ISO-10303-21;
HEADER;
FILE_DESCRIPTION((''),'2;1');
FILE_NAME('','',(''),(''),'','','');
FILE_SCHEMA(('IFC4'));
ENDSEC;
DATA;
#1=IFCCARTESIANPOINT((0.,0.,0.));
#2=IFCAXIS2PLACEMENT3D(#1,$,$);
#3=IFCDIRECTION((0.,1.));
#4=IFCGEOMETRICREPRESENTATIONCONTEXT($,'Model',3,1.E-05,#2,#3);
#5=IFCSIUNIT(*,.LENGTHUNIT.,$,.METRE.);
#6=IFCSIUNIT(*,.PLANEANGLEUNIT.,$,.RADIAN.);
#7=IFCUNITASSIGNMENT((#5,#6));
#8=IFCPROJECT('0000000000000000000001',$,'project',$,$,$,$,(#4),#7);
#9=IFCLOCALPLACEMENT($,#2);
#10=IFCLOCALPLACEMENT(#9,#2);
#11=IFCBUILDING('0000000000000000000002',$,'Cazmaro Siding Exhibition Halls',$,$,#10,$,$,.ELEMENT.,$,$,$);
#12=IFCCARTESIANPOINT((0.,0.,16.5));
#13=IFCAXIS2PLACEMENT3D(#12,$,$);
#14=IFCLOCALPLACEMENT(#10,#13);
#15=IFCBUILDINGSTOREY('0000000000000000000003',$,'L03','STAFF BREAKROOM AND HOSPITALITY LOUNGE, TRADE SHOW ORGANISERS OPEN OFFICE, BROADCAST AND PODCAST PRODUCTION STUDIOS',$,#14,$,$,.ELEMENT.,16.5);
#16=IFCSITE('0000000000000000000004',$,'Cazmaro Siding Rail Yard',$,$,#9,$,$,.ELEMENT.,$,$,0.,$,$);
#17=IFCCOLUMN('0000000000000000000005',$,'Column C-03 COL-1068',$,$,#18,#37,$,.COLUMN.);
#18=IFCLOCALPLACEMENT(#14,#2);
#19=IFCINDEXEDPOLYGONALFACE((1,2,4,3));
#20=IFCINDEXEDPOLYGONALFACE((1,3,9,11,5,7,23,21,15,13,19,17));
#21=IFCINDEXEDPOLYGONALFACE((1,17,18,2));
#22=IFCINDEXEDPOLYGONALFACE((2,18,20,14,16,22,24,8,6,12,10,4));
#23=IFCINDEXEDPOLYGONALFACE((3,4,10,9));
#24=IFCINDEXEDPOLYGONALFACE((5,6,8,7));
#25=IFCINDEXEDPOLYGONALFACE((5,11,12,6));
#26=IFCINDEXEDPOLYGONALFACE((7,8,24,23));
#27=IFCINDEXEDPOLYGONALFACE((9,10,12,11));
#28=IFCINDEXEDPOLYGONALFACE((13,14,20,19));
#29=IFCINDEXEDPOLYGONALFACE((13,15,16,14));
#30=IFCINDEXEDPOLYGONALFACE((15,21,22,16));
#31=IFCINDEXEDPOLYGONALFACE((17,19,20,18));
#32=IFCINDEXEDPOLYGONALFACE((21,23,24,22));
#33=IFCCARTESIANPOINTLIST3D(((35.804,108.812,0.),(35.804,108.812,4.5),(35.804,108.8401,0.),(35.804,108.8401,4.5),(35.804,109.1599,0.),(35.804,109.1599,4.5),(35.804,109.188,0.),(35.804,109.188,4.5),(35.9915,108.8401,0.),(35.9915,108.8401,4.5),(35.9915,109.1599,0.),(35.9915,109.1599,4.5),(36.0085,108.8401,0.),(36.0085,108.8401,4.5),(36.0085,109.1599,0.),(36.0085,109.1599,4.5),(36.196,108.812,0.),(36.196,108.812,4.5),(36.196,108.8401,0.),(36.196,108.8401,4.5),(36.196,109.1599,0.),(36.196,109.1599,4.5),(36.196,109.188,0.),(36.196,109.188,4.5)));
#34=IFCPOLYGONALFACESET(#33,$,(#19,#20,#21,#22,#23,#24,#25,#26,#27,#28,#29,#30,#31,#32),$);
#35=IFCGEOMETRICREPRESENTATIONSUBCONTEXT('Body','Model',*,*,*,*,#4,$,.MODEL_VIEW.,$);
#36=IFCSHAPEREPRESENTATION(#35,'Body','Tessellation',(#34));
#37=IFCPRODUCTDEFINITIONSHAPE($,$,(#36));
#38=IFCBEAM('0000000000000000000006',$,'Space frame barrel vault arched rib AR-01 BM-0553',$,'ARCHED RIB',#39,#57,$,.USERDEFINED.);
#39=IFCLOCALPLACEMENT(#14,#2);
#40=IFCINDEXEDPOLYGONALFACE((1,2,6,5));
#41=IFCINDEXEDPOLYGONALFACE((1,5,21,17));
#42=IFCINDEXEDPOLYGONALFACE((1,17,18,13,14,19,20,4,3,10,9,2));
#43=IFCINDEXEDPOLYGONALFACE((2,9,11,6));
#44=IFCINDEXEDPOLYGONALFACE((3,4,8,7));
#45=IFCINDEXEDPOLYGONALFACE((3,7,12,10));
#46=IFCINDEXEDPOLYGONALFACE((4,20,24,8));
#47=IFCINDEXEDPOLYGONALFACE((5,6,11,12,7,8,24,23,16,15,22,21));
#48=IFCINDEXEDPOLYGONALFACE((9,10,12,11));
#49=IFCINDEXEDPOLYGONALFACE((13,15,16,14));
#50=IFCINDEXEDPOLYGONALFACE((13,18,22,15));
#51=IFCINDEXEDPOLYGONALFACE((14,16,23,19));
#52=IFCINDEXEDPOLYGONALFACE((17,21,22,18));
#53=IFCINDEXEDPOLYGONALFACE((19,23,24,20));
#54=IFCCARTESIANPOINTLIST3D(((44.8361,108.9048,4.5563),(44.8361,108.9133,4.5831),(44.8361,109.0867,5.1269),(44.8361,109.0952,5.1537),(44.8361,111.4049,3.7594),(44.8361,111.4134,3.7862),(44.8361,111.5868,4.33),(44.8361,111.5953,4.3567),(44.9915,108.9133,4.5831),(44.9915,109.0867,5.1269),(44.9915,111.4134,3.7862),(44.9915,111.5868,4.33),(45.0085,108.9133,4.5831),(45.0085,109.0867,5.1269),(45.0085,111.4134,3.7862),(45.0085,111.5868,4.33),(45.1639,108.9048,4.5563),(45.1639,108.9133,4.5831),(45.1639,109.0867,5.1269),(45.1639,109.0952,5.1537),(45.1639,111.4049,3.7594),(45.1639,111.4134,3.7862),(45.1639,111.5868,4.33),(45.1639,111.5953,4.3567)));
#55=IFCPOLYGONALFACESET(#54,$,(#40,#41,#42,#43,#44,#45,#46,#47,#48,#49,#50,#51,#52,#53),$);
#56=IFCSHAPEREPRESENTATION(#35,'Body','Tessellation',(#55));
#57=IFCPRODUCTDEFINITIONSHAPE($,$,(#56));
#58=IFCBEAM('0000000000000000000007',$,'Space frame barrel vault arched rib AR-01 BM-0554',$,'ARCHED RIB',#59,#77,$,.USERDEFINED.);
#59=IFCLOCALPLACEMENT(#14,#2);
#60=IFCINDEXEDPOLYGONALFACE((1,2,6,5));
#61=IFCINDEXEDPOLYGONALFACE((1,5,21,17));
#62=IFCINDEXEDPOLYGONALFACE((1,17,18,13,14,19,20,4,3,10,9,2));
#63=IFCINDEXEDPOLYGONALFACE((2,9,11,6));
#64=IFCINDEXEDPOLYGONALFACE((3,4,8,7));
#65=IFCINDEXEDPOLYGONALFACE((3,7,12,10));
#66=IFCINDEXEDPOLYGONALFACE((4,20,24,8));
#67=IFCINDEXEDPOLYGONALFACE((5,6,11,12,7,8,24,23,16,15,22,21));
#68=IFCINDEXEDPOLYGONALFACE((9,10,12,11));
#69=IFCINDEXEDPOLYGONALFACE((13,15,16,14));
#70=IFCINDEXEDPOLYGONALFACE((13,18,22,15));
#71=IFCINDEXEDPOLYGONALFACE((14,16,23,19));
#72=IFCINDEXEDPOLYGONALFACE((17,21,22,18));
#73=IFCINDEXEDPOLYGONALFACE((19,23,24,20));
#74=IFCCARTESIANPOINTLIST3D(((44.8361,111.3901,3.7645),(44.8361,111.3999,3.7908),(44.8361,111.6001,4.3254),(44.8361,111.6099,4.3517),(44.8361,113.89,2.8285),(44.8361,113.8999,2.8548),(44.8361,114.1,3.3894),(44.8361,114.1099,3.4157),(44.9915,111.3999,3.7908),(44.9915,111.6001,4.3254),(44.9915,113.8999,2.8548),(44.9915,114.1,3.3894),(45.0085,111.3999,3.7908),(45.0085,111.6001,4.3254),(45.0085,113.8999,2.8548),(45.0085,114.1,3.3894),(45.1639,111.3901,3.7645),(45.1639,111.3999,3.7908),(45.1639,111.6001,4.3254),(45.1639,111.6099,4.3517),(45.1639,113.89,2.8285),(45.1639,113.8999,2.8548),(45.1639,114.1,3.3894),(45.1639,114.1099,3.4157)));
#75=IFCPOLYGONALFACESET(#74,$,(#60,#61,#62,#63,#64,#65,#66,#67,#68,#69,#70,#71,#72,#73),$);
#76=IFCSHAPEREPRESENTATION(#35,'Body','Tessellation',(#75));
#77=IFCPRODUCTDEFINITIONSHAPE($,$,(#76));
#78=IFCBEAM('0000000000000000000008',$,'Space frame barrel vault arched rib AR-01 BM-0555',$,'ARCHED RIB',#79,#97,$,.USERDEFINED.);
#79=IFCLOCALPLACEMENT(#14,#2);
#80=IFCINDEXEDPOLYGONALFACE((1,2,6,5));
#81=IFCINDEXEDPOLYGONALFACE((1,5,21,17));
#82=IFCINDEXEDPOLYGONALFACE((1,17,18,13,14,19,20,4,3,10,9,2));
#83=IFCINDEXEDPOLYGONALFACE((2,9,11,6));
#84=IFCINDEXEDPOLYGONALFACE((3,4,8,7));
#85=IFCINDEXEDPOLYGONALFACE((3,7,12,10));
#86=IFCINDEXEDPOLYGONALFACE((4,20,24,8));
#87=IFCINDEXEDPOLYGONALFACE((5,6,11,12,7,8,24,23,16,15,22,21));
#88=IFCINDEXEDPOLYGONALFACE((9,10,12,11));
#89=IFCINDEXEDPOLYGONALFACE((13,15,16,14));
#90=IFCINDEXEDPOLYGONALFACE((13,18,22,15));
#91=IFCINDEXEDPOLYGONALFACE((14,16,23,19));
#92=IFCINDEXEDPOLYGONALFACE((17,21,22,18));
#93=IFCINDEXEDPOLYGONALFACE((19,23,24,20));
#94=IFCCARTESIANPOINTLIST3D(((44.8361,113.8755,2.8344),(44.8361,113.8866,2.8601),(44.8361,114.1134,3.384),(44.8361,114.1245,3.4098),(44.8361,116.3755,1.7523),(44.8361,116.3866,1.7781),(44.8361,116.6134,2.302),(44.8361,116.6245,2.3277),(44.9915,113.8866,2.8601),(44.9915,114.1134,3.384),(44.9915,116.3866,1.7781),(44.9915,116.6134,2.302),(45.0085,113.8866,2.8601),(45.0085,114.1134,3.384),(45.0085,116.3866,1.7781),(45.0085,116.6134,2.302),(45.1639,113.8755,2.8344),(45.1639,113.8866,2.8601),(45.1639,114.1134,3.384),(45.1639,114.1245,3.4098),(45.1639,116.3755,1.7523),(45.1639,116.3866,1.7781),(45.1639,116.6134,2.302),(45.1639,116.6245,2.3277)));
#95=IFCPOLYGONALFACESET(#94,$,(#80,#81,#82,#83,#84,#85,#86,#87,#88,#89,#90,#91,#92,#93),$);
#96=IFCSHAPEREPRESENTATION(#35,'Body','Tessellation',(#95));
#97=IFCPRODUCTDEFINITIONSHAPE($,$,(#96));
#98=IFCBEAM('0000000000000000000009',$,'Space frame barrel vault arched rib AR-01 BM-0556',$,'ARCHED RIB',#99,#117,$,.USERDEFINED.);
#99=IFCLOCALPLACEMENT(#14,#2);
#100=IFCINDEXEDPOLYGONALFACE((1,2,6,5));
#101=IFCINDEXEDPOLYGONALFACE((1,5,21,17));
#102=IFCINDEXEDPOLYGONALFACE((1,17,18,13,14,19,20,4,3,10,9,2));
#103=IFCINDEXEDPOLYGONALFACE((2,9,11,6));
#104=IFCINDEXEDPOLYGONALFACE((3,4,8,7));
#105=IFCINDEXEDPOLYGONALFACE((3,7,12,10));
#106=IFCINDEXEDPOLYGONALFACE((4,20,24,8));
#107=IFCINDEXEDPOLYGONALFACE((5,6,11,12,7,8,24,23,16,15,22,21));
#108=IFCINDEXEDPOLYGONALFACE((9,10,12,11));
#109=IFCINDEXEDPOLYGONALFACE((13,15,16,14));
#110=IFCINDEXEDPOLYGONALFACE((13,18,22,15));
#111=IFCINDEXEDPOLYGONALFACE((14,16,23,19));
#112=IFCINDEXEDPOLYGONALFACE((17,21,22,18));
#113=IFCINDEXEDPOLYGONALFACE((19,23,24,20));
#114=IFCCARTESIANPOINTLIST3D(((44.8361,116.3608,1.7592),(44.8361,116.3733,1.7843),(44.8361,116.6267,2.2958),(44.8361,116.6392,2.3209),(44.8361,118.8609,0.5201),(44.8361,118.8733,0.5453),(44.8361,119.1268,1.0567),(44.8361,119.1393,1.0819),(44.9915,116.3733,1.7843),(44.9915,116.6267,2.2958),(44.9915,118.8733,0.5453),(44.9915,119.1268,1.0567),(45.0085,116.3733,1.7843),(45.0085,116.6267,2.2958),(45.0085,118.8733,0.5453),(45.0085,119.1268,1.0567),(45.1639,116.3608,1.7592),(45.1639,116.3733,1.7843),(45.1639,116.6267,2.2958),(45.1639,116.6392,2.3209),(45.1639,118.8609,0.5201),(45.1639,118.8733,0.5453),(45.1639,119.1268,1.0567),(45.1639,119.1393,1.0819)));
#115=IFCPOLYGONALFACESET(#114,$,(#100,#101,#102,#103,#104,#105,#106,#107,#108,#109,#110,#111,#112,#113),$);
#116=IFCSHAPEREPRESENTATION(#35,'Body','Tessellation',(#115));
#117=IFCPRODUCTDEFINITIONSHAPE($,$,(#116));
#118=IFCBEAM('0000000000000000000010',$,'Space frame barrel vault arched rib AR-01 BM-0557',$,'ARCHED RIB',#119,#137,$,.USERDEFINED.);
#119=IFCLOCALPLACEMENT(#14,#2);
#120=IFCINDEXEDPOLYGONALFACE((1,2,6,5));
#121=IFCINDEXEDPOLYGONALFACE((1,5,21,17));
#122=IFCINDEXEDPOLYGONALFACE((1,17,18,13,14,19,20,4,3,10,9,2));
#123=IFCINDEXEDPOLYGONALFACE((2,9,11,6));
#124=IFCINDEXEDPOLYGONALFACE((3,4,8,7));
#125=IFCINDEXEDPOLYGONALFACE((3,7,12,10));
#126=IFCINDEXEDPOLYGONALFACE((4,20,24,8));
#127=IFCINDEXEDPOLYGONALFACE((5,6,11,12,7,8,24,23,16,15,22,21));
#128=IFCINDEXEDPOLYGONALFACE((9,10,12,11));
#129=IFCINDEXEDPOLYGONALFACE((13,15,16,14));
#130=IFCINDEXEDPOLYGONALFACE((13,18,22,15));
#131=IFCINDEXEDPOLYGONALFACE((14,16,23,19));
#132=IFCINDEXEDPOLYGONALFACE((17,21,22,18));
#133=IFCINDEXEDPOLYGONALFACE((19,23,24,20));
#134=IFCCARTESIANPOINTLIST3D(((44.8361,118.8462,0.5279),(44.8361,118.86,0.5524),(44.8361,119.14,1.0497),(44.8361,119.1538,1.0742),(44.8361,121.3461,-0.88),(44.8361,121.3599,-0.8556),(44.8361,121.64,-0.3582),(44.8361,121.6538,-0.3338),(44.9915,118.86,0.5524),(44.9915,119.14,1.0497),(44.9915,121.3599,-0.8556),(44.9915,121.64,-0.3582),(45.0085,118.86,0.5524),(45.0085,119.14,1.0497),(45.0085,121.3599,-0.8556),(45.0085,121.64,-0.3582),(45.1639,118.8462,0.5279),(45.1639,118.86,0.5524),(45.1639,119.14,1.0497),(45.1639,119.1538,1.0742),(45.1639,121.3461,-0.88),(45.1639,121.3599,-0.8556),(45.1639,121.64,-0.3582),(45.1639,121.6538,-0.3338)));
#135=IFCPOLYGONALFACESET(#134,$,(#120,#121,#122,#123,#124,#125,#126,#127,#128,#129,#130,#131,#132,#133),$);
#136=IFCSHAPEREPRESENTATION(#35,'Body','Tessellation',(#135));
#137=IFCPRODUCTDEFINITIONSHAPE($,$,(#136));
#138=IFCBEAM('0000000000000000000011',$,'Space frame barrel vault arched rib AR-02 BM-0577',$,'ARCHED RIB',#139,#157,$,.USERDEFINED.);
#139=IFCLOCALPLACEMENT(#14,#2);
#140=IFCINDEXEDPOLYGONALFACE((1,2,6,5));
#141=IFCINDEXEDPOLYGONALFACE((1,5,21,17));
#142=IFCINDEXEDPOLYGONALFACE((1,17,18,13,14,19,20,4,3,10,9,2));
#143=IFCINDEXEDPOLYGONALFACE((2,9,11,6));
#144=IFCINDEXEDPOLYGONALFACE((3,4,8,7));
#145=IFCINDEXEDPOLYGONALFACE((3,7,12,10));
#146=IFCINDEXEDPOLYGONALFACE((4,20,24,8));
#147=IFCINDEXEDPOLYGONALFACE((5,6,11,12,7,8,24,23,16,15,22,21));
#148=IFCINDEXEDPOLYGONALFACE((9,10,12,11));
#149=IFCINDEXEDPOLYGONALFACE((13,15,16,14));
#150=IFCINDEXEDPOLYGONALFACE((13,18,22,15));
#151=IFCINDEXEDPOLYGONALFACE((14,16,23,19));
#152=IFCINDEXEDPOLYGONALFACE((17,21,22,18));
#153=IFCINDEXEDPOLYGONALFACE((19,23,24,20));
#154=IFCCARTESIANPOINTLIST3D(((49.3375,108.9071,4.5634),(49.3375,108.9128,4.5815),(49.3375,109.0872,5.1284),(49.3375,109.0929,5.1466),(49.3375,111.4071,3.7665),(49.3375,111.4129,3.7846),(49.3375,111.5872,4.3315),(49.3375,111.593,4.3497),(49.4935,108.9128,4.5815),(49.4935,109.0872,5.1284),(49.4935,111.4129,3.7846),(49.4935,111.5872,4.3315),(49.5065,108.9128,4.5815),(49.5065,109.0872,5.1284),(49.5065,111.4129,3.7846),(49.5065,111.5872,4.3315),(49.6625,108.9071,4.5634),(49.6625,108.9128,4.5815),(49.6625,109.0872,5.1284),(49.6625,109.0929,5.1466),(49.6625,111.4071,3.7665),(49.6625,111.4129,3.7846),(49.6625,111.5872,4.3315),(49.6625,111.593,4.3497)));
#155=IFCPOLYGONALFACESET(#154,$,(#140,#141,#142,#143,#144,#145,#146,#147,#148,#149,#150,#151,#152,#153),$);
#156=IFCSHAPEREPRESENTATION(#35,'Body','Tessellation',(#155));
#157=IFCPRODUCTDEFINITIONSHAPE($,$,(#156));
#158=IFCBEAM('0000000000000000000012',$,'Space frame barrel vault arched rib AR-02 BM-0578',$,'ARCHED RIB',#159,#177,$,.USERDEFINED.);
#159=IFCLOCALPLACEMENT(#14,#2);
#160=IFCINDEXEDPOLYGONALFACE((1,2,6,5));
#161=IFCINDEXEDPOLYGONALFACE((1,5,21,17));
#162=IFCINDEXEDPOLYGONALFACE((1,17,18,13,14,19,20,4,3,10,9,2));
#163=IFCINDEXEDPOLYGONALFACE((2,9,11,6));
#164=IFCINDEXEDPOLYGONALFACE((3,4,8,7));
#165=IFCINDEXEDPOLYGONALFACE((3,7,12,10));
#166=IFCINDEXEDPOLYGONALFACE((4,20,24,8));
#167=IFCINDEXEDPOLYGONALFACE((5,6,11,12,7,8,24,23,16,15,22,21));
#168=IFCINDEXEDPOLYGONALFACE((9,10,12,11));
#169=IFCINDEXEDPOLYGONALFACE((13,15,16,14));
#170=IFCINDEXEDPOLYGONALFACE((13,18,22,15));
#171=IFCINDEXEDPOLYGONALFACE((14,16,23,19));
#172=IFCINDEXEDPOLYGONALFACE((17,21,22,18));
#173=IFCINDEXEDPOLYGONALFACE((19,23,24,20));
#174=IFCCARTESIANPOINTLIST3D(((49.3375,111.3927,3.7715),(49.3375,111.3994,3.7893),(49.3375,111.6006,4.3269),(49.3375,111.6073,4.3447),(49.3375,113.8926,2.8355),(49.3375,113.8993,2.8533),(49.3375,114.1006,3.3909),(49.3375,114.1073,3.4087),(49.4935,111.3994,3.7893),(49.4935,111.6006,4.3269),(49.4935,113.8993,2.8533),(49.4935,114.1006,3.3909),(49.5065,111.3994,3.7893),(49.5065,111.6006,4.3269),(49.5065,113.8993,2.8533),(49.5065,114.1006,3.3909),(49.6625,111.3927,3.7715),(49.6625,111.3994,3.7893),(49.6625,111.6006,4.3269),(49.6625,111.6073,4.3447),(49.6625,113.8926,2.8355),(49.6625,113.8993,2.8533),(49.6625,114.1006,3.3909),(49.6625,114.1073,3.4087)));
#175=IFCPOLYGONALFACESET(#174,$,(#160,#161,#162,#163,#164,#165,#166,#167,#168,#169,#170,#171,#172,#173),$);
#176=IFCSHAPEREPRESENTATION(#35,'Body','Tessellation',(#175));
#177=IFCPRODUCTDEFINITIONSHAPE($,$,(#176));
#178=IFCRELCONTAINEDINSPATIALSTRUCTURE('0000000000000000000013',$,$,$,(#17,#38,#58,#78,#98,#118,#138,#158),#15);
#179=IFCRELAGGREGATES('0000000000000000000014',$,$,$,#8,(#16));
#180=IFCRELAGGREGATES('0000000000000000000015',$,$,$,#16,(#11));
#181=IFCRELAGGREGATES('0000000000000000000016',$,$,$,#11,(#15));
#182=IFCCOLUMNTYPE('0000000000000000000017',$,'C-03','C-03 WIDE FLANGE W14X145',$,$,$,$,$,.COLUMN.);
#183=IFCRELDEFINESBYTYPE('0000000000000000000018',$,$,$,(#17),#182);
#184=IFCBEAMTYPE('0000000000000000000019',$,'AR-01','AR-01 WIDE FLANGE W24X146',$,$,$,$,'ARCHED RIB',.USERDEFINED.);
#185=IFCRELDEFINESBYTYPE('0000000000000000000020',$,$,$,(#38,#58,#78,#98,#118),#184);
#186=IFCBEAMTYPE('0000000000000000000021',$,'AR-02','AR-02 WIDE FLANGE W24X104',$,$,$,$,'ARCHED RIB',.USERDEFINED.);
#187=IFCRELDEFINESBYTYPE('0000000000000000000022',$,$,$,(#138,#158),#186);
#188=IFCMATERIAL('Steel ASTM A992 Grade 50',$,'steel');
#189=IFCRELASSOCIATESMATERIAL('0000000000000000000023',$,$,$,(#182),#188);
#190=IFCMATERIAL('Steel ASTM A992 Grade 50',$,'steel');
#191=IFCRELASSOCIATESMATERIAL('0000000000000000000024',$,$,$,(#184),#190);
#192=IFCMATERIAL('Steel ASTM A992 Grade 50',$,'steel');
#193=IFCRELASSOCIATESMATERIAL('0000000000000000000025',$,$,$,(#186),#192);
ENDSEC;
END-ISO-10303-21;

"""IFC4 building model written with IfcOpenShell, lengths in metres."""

from ifc_helpers import new_model, si_unit, direction, frame, origin, origin_2d, place, context, subcontext, project, spatial, i_section, extrude, material, material_profile, profile_set, type_object, element, save


model = new_model("IFC4")

# Units and contexts
model_context = context("Model", 3, precision=1e-05, world=origin(), true_north=direction((0.0, 1.0)))
body_context = subcontext(model_context, "Body", "Model", "MODEL_VIEW")
ifc_project = project(units=[si_unit("LENGTHUNIT", "METRE"), si_unit("PLANEANGLEUNIT", "RADIAN")], contexts=[model_context])

# Site, building, storey
site_placement = place(None, origin())
site = spatial("IfcSite", under=ifc_project, at=site_placement, Name="Cazmaro Siding Rail Yard", CompositionType="ELEMENT", RefElevation=0.0)
building_placement = place(site_placement, origin())
building = spatial("IfcBuilding", under=site, at=building_placement, Name="Cazmaro Siding Exhibition Halls", CompositionType="ELEMENT")
storey_placement = place(building_placement, frame((0.0, 0.0, 16.5)))
storey = spatial("IfcBuildingStorey", under=building, at=storey_placement, Name="L03", Description="STAFF BREAKROOM AND HOSPITALITY LOUNGE, TRADE SHOW ORGANISERS OPEN OFFICE, BROADCAST AND PODCAST PRODUCTION STUDIOS", CompositionType="ELEMENT", Elevation=16.5)

# Column
ifc_material_1 = material(Name="Steel ASTM A992 Grade 50", Category="steel")
ifc_material_profile_1 = material_profile(ifc_material_1, i_section(OverallWidth=0.3921, OverallDepth=0.376, WebThickness=0.0171, FlangeThickness=0.0281, at=origin_2d()), Name="W14X145")
ifc_profile_set_1 = profile_set([ifc_material_profile_1], Name="Steel ASTM A992 Grade 50")
column_type = type_object("IfcColumnType", Name="C-03", Description="C-03 WIDE FLANGE W14X145", PredefinedType="COLUMN", material=ifc_profile_set_1)
column_placement = place(storey_placement, frame((36.0, 109.0, 0.0), z_axis=(0.0, 0.0, 1.0), x_axis=(1.0, 0.0, 0.0)))
element("IfcColumn", 1, at=column_placement, inside=storey, type_object=column_type, Name="Column C-03 COL-1068", PredefinedType="COLUMN", context=body_context, shape_type="SweptSolid", body=[
    extrude(i_section(OverallWidth=0.3921, OverallDepth=0.376, WebThickness=0.0171, FlangeThickness=0.0281, at=origin_2d()), origin(), (0.0, 0.0, 1.0), 4.5),
])

# Beams
ifc_material_2 = material(Name="Steel ASTM A992 Grade 50", Category="steel")
ifc_material_profile_2 = material_profile(ifc_material_2, i_section(OverallWidth=0.3279, OverallDepth=0.627, WebThickness=0.0171, FlangeThickness=0.0281, at=origin_2d()), Name="W24X146")
ifc_profile_set_2 = profile_set([ifc_material_profile_2], Name="Steel ASTM A992 Grade 50")
beam_type_1 = type_object("IfcBeamType", Name="AR-01", Description="AR-01 WIDE FLANGE W24X146", ElementType="ARCHED RIB", PredefinedType="USERDEFINED", material=ifc_profile_set_2)
beam_1_placement = place(storey_placement, frame((45.0, 109.0, 4.855), z_axis=(0.0, 0.952769, -0.303695), x_axis=(-1.0, 0.0, 0.0)))
element("IfcBeam", 2, at=beam_1_placement, inside=storey, type_object=beam_type_1, Name="Space frame barrel vault arched rib AR-01 BM-0553", ObjectType="ARCHED RIB", PredefinedType="USERDEFINED", context=body_context, shape_type="SweptSolid", body=[
    extrude(i_section(OverallWidth=0.3279, OverallDepth=0.627, WebThickness=0.0171, FlangeThickness=0.0281, at=origin_2d()), origin(), (0.0, 0.0, 1.0), 2.624),
])
beam_2_placement = place(storey_placement, frame((45.0, 111.5, 4.0581), z_axis=(0.0, 0.936509, -0.350642), x_axis=(-1.0, 0.0, 0.0)))
element("IfcBeam", 3, at=beam_2_placement, inside=storey, type_object=beam_type_1, Name="Space frame barrel vault arched rib AR-01 BM-0554", ObjectType="ARCHED RIB", PredefinedType="USERDEFINED", context=body_context, shape_type="SweptSolid", body=[
    extrude(i_section(OverallWidth=0.3279, OverallDepth=0.627, WebThickness=0.0171, FlangeThickness=0.0281, at=origin_2d()), origin(), (0.0, 0.0, 1.0), 2.6694),
])
beam_3_placement = place(storey_placement, frame((45.0, 114.0, 3.1221), z_axis=(0.0, 0.91773, -0.397205), x_axis=(-1.0, 0.0, 0.0)))
element("IfcBeam", 4, at=beam_3_placement, inside=storey, type_object=beam_type_1, Name="Space frame barrel vault arched rib AR-01 BM-0555", ObjectType="ARCHED RIB", PredefinedType="USERDEFINED", context=body_context, shape_type="SweptSolid", body=[
    extrude(i_section(OverallWidth=0.3279, OverallDepth=0.627, WebThickness=0.0171, FlangeThickness=0.0281, at=origin_2d()), origin(), (0.0, 0.0, 1.0), 2.7241),
])
beam_4_placement = place(storey_placement, frame((45.0, 116.5, 2.04), z_axis=(0.0, 0.895997, -0.444061), x_axis=(-1.0, 0.0, 0.0)))
element("IfcBeam", 5, at=beam_4_placement, inside=storey, type_object=beam_type_1, Name="Space frame barrel vault arched rib AR-01 BM-0556", ObjectType="ARCHED RIB", PredefinedType="USERDEFINED", context=body_context, shape_type="SweptSolid", body=[
    extrude(i_section(OverallWidth=0.3279, OverallDepth=0.627, WebThickness=0.0171, FlangeThickness=0.0281, at=origin_2d()), origin(), (0.0, 0.0, 1.0), 2.7903),
])
beam_5_placement = place(storey_placement, frame((45.0, 119.0, 0.801), z_axis=(0.0, 0.871321, -0.490714), x_axis=(-1.0, 0.0, 0.0)))
element("IfcBeam", 6, at=beam_5_placement, inside=storey, type_object=beam_type_1, Name="Space frame barrel vault arched rib AR-01 BM-0557", ObjectType="ARCHED RIB", PredefinedType="USERDEFINED", context=body_context, shape_type="SweptSolid", body=[
    extrude(i_section(OverallWidth=0.3279, OverallDepth=0.627, WebThickness=0.0171, FlangeThickness=0.0281, at=origin_2d()), origin(), (0.0, 0.0, 1.0), 2.8691),
])
ifc_material_3 = material(Name="Steel ASTM A992 Grade 50", Category="steel")
ifc_material_profile_3 = material_profile(ifc_material_3, i_section(OverallWidth=0.325, OverallDepth=0.6121, WebThickness=0.0129, FlangeThickness=0.019, at=origin_2d()), Name="W24X104")
ifc_profile_set_3 = profile_set([ifc_material_profile_3], Name="Steel ASTM A992 Grade 50")
beam_type_2 = type_object("IfcBeamType", Name="AR-02", Description="AR-02 WIDE FLANGE W24X104", ElementType="ARCHED RIB", PredefinedType="USERDEFINED", material=ifc_profile_set_3)
beam_6_placement = place(storey_placement, frame((49.5, 109.0, 4.855), z_axis=(0.0, 0.952769, -0.303695), x_axis=(-1.0, 0.0, 0.0)))
element("IfcBeam", 7, at=beam_6_placement, inside=storey, type_object=beam_type_2, Name="Space frame barrel vault arched rib AR-02 BM-0577", ObjectType="ARCHED RIB", PredefinedType="USERDEFINED", context=body_context, shape_type="SweptSolid", body=[
    extrude(i_section(OverallWidth=0.325, OverallDepth=0.6121, WebThickness=0.0129, FlangeThickness=0.019, at=origin_2d()), origin(), (0.0, 0.0, 1.0), 2.624),
])
beam_7_placement = place(storey_placement, frame((49.5, 111.5, 4.0581), z_axis=(0.0, 0.936509, -0.350642), x_axis=(-1.0, 0.0, 0.0)))
element("IfcBeam", 8, at=beam_7_placement, inside=storey, type_object=beam_type_2, Name="Space frame barrel vault arched rib AR-02 BM-0578", ObjectType="ARCHED RIB", PredefinedType="USERDEFINED", context=body_context, shape_type="SweptSolid", body=[
    extrude(i_section(OverallWidth=0.325, OverallDepth=0.6121, WebThickness=0.0129, FlangeThickness=0.019, at=origin_2d()), origin(), (0.0, 0.0, 1.0), 2.6694),
])

save(model, "model.ifc")
